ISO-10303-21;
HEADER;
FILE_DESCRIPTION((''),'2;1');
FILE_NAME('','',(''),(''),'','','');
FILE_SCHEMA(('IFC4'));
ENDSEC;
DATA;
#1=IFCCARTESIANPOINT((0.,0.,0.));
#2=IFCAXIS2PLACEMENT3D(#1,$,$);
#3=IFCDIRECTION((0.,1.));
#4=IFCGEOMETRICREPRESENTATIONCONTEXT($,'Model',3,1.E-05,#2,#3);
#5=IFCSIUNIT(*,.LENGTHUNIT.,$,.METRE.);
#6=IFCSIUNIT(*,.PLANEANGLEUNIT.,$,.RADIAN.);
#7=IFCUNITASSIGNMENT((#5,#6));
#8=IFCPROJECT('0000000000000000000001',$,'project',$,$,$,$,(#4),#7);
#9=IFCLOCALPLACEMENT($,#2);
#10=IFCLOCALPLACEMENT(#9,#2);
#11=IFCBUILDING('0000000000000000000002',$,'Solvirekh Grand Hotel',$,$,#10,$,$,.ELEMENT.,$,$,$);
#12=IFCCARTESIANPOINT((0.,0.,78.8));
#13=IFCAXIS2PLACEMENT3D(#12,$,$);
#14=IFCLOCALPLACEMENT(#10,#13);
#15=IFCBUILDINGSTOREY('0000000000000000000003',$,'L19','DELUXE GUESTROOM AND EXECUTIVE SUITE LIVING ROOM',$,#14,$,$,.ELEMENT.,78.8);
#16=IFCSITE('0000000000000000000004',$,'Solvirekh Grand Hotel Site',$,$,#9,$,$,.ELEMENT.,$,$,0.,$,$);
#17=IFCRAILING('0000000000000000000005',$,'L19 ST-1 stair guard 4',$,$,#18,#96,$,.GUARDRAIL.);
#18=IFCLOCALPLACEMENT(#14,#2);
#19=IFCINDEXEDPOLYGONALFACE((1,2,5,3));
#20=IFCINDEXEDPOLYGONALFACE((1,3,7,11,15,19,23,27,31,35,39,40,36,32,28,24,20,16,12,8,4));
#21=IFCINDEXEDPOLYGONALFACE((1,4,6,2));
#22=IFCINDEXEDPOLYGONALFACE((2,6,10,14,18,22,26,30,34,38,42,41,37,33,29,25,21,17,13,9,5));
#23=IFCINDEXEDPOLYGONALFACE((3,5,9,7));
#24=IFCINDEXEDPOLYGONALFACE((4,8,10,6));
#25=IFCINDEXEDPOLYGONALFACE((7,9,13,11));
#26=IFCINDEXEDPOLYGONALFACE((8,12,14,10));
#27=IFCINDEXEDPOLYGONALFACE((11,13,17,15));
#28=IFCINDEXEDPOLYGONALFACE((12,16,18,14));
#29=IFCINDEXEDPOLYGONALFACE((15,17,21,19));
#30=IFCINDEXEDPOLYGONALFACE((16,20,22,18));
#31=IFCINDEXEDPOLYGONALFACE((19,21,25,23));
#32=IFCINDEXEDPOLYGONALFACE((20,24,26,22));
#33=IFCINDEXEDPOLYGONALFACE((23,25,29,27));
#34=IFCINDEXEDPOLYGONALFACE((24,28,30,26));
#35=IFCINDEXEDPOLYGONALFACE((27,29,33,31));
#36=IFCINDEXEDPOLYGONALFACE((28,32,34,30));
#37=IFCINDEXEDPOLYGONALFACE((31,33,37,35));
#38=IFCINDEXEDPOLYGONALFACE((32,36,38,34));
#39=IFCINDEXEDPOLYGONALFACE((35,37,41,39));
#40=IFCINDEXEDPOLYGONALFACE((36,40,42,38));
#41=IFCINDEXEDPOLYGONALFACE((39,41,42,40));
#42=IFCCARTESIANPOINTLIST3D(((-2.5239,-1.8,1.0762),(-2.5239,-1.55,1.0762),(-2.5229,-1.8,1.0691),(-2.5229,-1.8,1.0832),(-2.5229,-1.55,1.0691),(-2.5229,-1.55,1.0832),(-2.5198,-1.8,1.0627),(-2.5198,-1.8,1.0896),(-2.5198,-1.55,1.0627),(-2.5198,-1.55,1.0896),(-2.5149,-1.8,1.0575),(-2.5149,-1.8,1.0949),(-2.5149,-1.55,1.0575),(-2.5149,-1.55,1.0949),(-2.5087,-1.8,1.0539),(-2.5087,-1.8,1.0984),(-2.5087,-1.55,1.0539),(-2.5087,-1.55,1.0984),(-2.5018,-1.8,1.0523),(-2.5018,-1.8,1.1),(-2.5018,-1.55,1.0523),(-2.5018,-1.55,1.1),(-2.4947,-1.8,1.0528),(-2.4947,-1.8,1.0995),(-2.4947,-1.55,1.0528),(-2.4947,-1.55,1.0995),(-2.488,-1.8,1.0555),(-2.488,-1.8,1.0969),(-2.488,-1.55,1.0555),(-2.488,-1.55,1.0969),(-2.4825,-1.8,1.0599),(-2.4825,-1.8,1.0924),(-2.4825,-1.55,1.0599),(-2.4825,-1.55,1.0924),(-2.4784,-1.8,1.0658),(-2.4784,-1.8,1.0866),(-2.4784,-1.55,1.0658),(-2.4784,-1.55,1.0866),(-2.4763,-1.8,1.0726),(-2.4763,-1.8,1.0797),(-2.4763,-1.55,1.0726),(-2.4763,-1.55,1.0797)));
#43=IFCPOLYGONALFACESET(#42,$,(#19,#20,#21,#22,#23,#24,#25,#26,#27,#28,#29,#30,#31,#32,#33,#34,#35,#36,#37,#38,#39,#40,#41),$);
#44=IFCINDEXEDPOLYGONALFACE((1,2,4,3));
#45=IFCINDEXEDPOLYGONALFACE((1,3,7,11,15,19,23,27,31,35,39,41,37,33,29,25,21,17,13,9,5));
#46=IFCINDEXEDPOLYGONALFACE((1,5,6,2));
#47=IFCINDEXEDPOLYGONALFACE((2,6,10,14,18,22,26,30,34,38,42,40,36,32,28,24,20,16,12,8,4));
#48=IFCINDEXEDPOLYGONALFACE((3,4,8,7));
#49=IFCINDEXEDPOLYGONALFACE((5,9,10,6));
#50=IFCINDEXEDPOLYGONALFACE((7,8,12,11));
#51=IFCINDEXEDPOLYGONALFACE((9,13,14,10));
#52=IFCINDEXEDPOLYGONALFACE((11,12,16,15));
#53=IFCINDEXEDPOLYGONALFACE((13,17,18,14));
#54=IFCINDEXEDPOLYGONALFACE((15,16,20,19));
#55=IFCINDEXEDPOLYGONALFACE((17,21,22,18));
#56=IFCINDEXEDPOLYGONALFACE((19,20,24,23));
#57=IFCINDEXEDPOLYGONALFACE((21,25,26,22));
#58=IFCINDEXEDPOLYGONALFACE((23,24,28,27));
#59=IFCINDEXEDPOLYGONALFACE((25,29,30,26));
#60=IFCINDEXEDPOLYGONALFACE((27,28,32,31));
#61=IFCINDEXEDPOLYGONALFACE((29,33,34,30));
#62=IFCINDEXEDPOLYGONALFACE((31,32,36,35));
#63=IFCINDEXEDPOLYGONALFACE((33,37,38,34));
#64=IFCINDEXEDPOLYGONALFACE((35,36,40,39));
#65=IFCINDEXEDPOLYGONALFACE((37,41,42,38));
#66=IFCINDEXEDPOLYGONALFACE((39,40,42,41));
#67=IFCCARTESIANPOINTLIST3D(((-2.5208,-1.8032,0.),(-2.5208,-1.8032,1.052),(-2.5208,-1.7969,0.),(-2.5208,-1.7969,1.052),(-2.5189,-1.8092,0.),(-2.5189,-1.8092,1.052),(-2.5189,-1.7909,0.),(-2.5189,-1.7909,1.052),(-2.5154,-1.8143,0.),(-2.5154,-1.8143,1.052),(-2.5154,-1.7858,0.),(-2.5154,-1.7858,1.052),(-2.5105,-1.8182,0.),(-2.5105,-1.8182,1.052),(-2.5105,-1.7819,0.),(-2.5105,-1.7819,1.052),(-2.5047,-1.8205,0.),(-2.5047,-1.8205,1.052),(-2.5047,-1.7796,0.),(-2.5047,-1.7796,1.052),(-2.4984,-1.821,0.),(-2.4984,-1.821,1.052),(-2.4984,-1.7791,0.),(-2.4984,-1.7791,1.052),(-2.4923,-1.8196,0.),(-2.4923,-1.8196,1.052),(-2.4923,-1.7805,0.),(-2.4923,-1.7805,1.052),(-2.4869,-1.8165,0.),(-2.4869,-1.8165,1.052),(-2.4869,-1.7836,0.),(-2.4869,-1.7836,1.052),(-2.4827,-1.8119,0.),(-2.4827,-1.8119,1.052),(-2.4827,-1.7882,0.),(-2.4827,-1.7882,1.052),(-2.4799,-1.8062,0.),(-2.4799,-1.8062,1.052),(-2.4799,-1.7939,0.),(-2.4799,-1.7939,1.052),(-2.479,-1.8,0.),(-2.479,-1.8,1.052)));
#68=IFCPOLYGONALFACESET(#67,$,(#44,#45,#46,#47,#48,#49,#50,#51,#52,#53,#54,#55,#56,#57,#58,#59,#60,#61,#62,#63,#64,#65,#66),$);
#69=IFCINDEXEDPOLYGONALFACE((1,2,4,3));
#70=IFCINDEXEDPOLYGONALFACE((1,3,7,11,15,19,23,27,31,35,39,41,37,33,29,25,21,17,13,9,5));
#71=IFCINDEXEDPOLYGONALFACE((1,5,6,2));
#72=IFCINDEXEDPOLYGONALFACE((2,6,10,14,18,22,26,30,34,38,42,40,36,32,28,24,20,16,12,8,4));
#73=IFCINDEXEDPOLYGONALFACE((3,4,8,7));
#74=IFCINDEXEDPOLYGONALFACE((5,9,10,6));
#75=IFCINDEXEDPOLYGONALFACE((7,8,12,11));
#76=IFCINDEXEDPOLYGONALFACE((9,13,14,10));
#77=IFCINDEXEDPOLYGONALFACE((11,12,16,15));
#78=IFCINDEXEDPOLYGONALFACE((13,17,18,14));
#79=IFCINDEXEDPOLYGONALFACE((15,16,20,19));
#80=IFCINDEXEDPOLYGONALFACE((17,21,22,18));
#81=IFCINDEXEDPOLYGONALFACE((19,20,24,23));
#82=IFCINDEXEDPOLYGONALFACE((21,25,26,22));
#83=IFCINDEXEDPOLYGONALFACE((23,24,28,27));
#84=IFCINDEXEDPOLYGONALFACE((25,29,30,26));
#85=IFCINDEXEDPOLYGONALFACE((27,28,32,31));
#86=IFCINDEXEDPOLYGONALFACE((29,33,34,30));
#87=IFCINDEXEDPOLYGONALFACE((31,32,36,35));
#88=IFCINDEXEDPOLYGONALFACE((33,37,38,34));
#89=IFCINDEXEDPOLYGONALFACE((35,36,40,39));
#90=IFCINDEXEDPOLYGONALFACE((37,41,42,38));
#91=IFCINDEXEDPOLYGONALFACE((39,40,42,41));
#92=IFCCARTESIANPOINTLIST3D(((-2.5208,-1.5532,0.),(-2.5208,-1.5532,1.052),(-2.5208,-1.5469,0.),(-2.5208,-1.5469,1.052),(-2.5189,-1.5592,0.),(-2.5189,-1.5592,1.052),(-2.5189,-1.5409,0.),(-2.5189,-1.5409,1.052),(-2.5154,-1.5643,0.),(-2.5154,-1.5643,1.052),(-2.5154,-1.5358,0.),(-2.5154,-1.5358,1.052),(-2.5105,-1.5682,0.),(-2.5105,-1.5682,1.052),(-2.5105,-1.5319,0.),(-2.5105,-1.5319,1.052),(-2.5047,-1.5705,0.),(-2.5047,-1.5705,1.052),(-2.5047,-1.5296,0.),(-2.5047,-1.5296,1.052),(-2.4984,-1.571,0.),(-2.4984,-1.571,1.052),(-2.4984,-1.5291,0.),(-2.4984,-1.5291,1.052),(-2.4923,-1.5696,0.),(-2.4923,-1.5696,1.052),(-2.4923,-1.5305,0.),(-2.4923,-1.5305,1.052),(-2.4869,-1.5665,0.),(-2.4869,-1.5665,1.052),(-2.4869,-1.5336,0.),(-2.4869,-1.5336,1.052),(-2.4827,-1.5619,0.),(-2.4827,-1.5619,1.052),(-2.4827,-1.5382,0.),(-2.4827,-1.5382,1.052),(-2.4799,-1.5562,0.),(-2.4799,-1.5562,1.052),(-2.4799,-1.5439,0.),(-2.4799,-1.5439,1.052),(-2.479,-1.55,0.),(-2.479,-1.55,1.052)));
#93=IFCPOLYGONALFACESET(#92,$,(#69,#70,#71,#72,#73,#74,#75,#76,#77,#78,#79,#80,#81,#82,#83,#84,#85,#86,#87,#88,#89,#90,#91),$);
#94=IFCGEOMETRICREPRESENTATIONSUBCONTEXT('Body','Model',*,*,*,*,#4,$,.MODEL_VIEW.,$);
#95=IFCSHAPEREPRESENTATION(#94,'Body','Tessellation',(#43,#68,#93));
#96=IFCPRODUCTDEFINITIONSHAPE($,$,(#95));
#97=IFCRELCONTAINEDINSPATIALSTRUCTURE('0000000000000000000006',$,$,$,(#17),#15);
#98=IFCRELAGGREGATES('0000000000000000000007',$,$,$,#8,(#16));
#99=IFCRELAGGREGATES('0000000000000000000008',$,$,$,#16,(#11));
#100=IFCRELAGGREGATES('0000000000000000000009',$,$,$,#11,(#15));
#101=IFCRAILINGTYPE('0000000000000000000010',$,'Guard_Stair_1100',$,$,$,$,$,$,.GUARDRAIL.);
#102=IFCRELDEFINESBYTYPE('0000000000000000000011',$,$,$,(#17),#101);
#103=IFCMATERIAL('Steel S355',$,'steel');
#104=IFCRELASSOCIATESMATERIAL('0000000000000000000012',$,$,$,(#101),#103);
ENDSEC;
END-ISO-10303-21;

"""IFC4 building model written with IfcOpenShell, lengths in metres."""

from ifc_helpers import new_model, si_unit, direction, frame, origin, origin_2d, place, context, subcontext, project, spatial, circle, extrude, material, type_object, element, save


model = new_model("IFC4")

# Units and contexts
model_context = context("Model", 3, precision=1e-05, world=origin(), true_north=direction((0.0, 1.0)))
body_context = subcontext(model_context, "Body", "Model", "MODEL_VIEW")
ifc_project = project(units=[si_unit("LENGTHUNIT", "METRE"), si_unit("PLANEANGLEUNIT", "RADIAN")], contexts=[model_context])

# Site, building, storey
site_placement = place(None, origin())
site = spatial("IfcSite", under=ifc_project, at=site_placement, Name="Solvirekh Grand Hotel Site", CompositionType="ELEMENT", RefElevation=0.0)
building_placement = place(site_placement, origin())
building = spatial("IfcBuilding", under=site, at=building_placement, Name="Solvirekh Grand Hotel", CompositionType="ELEMENT")
storey_placement = place(building_placement, frame((0.0, 0.0, 78.8)))
storey = spatial("IfcBuildingStorey", under=building, at=storey_placement, Name="L19", Description="DELUXE GUESTROOM AND EXECUTIVE SUITE LIVING ROOM", CompositionType="ELEMENT", Elevation=78.8)

# Railing
ifc_material_1 = material(Name="Steel S355", Category="steel")
railing_type_1 = type_object("IfcRailingType", Name="Guard_Stair_1100", PredefinedType="GUARDRAIL", material=ifc_material_1)
railing_1_placement = place(storey_placement, frame((-2.5, -1.8, 0.0)))
element("IfcRailing", 1, at=railing_1_placement, inside=storey, type_object=railing_type_1, Name="L19 ST-1 stair guard 4", PredefinedType="GUARDRAIL", context=body_context, shape_type="SweptSolid", body=[
    extrude(circle(Radius=0.0239, at=origin_2d()), frame((0.0, 0.0, 1.0762), z_axis=(0.0, 1.0, 0.0), x_axis=(-1.0, 0.0, 0.0)), (0.0, 0.0, 1.0), 0.25),
    extrude(circle(Radius=0.021, at=origin_2d()), origin(), (0.0, 0.0, 1.0), 1.052),
    extrude(circle(Radius=0.021, at=origin_2d()), frame((0.0, 0.25, 0.0)), (0.0, 0.0, 1.0), 1.052),
])

save(model, "model.ifc")
